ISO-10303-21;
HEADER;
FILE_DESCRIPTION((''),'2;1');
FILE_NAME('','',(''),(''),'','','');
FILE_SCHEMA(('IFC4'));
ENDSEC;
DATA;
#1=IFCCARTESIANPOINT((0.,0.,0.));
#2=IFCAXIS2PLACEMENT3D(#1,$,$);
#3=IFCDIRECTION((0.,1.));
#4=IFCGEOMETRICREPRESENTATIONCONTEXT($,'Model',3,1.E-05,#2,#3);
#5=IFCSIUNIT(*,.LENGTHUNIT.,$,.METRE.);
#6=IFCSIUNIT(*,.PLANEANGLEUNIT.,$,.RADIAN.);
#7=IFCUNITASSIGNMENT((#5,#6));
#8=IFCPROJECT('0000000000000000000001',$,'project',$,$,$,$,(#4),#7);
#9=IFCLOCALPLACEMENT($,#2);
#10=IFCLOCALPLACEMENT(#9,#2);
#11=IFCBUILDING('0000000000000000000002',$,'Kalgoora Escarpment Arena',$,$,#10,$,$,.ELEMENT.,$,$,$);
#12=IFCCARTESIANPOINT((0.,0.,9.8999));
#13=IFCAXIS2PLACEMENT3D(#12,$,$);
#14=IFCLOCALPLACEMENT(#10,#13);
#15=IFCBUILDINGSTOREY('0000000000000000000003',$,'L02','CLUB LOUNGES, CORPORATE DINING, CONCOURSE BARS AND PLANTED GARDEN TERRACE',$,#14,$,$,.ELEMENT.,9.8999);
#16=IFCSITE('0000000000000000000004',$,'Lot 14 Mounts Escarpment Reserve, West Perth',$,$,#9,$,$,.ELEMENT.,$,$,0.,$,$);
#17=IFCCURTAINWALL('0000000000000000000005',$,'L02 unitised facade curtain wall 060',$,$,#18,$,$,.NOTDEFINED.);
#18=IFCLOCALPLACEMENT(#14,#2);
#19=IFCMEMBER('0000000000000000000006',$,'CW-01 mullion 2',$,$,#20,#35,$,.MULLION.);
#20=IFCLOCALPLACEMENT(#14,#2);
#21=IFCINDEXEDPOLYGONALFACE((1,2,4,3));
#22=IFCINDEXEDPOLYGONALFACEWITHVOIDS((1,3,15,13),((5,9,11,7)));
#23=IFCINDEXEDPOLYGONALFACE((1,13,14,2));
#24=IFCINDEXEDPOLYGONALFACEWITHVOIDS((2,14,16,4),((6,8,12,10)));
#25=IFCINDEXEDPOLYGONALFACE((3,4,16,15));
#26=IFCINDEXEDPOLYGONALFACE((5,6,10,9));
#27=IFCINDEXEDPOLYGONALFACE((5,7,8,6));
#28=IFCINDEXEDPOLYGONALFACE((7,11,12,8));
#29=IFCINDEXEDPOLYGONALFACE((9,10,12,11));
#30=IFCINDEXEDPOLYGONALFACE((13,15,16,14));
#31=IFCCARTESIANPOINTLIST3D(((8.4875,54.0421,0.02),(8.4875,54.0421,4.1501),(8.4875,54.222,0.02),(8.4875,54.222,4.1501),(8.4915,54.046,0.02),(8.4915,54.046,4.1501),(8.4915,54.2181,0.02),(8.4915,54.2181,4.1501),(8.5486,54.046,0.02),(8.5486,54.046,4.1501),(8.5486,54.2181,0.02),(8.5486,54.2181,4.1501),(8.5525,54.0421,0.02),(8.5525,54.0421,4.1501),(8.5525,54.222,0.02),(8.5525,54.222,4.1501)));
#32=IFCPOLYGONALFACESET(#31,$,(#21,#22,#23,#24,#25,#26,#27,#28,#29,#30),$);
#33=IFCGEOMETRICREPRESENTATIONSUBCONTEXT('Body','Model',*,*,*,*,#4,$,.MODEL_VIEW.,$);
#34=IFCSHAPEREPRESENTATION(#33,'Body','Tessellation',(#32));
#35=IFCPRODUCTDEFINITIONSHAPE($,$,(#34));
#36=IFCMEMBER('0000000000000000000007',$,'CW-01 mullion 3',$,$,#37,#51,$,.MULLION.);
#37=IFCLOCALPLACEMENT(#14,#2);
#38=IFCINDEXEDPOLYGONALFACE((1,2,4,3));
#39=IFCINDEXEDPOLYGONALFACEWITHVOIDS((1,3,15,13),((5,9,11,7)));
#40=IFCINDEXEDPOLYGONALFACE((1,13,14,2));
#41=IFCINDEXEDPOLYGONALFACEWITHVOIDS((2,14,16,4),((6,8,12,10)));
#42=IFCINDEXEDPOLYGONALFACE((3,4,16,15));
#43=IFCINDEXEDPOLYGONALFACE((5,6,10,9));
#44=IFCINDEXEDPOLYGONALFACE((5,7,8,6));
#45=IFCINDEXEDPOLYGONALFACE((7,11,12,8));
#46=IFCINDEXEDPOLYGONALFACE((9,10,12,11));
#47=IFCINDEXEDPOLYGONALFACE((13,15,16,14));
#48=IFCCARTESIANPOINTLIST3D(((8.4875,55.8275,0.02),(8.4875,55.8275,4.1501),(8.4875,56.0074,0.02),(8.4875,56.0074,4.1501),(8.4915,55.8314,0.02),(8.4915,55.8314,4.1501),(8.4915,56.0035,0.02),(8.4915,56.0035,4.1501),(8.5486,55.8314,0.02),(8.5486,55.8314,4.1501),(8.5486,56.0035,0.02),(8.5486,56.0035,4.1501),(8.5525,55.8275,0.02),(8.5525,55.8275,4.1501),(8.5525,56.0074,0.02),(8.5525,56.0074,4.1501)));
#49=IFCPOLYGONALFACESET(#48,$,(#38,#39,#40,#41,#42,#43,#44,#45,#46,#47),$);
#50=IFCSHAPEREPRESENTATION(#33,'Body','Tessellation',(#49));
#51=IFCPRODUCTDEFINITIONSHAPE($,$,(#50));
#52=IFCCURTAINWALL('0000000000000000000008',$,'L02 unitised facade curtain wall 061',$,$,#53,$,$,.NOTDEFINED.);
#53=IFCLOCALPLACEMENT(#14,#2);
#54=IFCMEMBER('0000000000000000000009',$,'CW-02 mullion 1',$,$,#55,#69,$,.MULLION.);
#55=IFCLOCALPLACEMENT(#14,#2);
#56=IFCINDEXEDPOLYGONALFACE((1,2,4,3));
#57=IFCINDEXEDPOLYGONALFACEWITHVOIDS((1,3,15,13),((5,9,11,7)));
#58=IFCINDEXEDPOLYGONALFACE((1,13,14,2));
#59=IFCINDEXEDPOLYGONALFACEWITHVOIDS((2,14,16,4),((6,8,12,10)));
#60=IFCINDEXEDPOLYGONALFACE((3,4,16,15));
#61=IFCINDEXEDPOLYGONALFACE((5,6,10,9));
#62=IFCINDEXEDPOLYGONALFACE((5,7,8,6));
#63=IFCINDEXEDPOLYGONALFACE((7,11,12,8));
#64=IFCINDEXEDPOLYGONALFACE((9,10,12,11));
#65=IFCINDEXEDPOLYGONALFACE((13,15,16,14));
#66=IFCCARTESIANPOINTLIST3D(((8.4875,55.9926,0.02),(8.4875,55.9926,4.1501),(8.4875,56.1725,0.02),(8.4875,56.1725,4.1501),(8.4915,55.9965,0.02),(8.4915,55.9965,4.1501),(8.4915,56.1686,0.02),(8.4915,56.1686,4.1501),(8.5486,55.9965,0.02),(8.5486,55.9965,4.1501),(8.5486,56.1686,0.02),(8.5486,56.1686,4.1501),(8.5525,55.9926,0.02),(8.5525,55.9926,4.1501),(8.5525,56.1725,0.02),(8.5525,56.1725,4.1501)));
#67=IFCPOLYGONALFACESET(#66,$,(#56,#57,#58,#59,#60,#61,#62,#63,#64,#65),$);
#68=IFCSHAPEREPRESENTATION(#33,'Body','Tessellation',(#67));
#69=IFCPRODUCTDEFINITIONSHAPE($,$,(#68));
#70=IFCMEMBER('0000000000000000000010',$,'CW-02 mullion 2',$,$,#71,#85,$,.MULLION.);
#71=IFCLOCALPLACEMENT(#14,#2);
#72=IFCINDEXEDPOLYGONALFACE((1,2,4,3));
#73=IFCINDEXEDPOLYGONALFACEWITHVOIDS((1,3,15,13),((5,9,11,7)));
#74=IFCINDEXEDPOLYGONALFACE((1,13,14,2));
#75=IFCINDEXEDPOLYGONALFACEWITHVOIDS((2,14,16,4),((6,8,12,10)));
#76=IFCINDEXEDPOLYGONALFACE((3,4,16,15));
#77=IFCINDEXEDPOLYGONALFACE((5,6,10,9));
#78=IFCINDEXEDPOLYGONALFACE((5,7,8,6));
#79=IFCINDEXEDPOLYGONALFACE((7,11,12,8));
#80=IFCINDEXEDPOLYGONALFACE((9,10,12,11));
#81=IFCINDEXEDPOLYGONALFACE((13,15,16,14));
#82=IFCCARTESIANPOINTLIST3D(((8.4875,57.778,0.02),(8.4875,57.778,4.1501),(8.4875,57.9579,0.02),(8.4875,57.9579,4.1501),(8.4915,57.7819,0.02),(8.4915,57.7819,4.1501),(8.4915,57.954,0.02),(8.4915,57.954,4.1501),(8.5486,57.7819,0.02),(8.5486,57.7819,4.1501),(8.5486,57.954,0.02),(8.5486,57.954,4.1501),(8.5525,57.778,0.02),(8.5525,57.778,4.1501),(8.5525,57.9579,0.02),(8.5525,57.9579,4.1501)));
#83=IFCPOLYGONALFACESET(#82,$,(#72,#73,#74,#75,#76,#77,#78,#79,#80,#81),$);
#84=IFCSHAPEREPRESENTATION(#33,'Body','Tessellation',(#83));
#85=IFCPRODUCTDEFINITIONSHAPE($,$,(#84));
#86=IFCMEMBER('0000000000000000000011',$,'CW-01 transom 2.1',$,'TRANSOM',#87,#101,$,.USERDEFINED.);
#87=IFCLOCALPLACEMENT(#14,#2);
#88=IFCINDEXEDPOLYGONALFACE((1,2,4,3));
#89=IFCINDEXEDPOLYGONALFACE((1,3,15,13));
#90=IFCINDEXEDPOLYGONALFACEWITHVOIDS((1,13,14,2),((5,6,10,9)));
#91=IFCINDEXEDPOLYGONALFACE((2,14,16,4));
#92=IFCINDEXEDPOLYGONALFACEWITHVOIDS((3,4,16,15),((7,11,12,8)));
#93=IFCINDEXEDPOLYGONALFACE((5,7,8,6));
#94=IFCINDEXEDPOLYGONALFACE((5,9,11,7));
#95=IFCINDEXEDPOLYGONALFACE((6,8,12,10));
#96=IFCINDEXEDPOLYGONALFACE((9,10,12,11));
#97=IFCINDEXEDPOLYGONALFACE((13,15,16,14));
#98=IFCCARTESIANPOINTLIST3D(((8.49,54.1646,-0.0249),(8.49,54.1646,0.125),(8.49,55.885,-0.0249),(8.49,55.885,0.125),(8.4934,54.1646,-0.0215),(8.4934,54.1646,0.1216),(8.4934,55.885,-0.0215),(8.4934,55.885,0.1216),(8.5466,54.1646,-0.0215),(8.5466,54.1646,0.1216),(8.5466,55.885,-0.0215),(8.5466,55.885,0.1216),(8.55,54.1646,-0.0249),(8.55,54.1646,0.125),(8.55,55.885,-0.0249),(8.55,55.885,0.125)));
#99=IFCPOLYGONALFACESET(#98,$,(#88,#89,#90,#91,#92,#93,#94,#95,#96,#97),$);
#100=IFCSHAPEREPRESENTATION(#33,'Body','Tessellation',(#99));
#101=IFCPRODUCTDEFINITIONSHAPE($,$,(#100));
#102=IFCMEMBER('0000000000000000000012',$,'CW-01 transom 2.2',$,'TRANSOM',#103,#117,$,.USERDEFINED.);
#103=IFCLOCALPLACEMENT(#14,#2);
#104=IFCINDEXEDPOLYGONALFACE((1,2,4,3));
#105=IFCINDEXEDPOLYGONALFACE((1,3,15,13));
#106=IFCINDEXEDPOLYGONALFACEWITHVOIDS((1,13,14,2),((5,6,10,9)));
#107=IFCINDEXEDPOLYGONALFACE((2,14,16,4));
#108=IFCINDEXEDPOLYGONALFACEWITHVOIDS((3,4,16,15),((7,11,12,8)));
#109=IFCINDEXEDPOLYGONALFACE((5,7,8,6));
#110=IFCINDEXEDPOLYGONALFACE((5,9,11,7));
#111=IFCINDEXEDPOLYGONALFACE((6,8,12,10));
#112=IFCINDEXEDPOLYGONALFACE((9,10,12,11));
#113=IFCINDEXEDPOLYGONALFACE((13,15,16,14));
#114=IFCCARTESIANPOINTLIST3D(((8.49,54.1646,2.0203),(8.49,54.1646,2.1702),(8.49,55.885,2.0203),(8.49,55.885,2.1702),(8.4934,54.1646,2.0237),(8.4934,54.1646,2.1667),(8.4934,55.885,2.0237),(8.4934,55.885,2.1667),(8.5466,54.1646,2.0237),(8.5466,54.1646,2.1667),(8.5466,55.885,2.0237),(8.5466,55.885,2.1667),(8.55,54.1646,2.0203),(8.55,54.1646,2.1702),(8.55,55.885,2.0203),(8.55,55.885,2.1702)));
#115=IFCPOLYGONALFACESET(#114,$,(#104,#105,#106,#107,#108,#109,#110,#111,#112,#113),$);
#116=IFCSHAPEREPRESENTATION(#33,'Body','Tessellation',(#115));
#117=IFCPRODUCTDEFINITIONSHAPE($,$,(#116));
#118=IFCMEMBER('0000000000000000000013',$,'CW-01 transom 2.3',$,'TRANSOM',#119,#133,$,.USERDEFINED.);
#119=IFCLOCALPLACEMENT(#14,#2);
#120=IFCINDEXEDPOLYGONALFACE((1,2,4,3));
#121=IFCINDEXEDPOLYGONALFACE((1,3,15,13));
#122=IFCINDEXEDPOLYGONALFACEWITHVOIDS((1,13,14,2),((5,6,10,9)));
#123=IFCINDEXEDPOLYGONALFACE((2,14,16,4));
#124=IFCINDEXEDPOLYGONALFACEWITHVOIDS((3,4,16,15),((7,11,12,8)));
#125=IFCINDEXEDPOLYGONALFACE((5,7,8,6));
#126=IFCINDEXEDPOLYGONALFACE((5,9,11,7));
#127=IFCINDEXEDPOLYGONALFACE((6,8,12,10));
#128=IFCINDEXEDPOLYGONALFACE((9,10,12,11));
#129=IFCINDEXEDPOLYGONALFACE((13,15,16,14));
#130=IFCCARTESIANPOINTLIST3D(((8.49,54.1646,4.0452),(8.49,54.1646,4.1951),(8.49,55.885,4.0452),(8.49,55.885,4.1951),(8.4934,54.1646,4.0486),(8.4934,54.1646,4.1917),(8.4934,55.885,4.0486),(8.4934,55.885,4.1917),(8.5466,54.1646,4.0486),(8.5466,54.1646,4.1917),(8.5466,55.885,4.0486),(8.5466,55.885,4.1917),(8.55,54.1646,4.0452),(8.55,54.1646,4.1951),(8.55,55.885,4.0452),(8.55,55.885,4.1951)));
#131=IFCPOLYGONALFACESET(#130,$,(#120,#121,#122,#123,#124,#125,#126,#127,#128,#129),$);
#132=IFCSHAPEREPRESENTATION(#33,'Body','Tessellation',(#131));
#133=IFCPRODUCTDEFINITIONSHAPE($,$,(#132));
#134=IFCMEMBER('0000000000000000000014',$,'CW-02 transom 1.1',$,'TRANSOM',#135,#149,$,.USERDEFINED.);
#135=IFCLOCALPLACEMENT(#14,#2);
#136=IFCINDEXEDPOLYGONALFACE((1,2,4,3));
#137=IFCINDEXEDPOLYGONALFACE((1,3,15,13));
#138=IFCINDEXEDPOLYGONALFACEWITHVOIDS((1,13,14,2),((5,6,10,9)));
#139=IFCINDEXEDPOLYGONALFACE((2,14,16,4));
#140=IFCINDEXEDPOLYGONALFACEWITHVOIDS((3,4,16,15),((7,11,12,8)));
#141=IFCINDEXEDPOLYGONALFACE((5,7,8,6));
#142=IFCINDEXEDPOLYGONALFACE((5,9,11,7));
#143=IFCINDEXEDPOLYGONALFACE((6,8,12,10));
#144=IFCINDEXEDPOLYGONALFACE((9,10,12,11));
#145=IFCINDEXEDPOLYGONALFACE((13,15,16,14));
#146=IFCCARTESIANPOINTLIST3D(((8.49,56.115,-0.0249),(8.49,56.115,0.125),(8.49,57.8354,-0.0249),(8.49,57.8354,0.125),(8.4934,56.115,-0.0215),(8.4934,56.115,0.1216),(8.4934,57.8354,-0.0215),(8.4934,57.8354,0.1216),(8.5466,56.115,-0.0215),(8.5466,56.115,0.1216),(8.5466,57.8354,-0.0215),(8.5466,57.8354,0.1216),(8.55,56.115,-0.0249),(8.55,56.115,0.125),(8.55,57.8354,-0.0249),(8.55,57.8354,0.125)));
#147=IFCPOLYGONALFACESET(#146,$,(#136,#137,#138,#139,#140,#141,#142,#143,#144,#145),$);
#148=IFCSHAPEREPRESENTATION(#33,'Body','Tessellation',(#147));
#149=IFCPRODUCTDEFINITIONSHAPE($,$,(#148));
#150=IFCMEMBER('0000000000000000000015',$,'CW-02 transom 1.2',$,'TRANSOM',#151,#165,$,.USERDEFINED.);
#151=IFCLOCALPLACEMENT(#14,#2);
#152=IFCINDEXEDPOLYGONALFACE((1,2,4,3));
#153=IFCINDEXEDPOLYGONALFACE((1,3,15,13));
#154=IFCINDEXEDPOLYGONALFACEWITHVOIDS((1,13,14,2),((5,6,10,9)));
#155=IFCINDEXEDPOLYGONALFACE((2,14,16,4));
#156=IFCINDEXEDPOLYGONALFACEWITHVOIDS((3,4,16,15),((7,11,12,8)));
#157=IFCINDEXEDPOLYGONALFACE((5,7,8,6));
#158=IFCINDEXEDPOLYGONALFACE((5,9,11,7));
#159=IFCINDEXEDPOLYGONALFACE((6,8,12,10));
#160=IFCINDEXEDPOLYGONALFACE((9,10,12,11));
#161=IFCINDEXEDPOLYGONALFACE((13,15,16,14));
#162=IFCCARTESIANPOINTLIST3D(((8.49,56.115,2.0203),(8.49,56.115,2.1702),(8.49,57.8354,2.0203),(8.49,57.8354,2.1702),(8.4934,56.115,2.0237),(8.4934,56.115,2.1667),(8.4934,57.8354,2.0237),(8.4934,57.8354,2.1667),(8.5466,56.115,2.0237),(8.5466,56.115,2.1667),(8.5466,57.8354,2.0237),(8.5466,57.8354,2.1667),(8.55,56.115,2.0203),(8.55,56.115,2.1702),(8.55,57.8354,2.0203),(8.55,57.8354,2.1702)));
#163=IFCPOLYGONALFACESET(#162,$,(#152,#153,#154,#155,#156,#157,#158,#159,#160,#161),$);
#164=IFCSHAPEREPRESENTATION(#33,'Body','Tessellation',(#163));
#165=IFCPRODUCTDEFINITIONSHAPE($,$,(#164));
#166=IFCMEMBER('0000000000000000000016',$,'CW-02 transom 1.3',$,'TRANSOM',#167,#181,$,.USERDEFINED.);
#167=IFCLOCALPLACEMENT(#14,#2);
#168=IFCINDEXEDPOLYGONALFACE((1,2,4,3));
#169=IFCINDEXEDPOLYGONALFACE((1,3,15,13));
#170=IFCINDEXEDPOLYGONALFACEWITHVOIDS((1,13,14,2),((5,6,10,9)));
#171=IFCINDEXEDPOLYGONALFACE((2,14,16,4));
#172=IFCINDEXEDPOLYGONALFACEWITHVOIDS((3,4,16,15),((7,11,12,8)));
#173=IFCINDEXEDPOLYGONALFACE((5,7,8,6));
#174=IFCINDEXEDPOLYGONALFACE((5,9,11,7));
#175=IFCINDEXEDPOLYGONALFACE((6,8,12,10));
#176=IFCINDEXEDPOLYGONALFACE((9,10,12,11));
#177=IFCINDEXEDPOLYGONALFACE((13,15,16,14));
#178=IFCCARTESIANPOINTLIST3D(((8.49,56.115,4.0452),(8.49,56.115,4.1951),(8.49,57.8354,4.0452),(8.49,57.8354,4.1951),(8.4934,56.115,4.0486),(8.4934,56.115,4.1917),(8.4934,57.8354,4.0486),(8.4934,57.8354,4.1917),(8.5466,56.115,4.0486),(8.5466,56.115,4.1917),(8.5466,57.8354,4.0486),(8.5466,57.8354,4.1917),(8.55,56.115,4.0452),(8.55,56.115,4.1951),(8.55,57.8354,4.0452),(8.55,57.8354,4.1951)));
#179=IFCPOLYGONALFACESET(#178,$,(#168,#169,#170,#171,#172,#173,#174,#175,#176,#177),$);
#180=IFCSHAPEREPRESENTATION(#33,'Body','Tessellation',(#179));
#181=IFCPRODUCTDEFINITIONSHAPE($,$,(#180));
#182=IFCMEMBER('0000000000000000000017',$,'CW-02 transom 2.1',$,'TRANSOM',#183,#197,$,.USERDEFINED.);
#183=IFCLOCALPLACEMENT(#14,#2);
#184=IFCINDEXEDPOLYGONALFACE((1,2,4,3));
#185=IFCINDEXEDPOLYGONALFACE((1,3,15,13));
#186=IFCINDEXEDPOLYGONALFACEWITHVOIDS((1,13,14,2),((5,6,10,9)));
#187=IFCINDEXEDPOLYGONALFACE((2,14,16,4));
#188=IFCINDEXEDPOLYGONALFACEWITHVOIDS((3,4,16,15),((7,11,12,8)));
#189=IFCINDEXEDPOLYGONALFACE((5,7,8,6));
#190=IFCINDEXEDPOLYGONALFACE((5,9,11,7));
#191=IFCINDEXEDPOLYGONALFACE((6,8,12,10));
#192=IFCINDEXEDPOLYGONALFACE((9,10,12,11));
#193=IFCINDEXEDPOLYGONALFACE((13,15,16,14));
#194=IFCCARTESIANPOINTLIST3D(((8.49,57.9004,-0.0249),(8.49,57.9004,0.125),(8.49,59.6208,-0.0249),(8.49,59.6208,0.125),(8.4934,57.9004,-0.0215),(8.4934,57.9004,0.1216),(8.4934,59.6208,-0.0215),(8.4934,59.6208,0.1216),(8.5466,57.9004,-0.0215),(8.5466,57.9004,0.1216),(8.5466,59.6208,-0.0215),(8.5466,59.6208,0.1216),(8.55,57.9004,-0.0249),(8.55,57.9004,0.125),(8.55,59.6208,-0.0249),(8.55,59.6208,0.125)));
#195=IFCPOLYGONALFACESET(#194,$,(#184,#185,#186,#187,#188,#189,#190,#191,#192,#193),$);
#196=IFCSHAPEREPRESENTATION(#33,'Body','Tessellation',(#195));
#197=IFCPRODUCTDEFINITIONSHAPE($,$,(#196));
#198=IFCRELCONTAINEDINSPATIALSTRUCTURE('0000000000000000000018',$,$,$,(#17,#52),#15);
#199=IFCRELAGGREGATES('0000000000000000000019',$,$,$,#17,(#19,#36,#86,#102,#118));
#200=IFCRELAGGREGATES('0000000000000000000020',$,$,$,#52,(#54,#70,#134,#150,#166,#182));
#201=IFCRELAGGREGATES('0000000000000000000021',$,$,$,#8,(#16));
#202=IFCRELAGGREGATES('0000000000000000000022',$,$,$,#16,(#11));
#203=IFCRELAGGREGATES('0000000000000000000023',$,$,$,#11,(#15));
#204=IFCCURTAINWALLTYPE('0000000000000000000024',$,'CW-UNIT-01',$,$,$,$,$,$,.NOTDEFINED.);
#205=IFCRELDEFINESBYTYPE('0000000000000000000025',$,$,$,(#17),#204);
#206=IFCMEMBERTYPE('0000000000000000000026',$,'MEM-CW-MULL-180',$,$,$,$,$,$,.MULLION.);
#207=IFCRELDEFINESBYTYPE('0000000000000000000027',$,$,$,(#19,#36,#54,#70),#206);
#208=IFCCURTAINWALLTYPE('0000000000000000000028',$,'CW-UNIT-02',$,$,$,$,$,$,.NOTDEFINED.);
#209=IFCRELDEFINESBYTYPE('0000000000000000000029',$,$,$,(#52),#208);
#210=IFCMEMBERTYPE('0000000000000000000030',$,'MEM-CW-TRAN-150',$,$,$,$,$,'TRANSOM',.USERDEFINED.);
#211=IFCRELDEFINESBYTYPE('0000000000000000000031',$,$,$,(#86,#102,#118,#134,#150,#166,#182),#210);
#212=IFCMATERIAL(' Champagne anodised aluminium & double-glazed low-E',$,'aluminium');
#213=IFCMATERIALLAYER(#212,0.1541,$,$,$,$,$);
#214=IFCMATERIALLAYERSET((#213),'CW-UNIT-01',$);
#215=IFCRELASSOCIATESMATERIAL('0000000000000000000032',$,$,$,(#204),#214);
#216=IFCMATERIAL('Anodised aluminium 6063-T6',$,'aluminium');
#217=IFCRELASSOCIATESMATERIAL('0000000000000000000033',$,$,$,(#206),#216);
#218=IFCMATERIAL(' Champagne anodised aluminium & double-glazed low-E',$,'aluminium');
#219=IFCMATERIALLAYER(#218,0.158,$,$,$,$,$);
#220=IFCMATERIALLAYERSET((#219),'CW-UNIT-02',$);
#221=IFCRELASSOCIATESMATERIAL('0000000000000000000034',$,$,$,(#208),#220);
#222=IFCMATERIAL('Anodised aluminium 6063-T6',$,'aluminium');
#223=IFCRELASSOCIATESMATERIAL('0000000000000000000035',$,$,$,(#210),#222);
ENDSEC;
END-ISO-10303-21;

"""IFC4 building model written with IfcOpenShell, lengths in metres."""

from ifc_helpers import new_model, si_unit, direction, frame, origin, origin_2d, place, context, subcontext, project, spatial, hollow_rectangle, extrude, material, layer, layer_set, material_profile, profile_set, type_object, element, aggregate, save


model = new_model("IFC4")

# Units and contexts
model_context = context("Model", 3, precision=1e-05, world=origin(), true_north=direction((0.0, 1.0)))
body_context = subcontext(model_context, "Body", "Model", "MODEL_VIEW")
ifc_project = project(units=[si_unit("LENGTHUNIT", "METRE"), si_unit("PLANEANGLEUNIT", "RADIAN")], contexts=[model_context])

# Site, building, storey
site_placement = place(None, origin())
site = spatial("IfcSite", under=ifc_project, at=site_placement, Name="Lot 14 Mounts Escarpment Reserve, West Perth", CompositionType="ELEMENT", RefElevation=0.0)
building_placement = place(site_placement, origin())
building = spatial("IfcBuilding", under=site, at=building_placement, Name="Kalgoora Escarpment Arena", CompositionType="ELEMENT")
storey_placement = place(building_placement, frame((0.0, 0.0, 9.8999)))
storey = spatial("IfcBuildingStorey", under=building, at=storey_placement, Name="L02", Description="CLUB LOUNGES, CORPORATE DINING, CONCOURSE BARS AND PLANTED GARDEN TERRACE", CompositionType="ELEMENT", Elevation=9.8999)

# Curtain walls, members
ifc_material_1 = material(Name=" Champagne anodised aluminium & double-glazed low-E", Category="aluminium")
ifc_layer_1 = layer(ifc_material_1, 0.1541)
ifc_layer_set_1 = layer_set([ifc_layer_1], Name="CW-UNIT-01")
curtain_wall_type_1 = type_object("IfcCurtainWallType", Name="CW-UNIT-01", PredefinedType="NOTDEFINED", material=ifc_layer_set_1)
curtain_wall_1_placement = place(storey_placement, origin())
curtain_wall_1 = element("IfcCurtainWall", 1, at=curtain_wall_1_placement, inside=storey, type_object=curtain_wall_type_1, Name="L02 unitised facade curtain wall 060", PredefinedType="NOTDEFINED")
ifc_material_2 = material(Name="Anodised aluminium 6063-T6", Category="aluminium")
ifc_material_profile_1 = material_profile(ifc_material_2, hollow_rectangle(XDim=0.0649, YDim=0.1799, WallThickness=0.0039, at=origin_2d()))
ifc_profile_set_1 = profile_set([ifc_material_profile_1], Name="Anodised aluminium 6063-T6")
member_type_1 = type_object("IfcMemberType", Name="MEM-CW-MULL-180", PredefinedType="MULLION", material=ifc_profile_set_1)
member_1_placement = place(storey_placement, frame((8.52, 54.1321, 0.02), z_axis=(0.0, 0.0, 1.0), x_axis=(-1.0, 0.0, 0.0)))
member_1 = element("IfcMember", 2, at=member_1_placement, type_object=member_type_1, Name="CW-01 mullion 2", PredefinedType="MULLION", context=body_context, shape_type="SweptSolid", body=[
    extrude(hollow_rectangle(XDim=0.0649, YDim=0.1799, WallThickness=0.0039, at=origin_2d()), origin(), (0.0, 0.0, 1.0), 4.1301),
])
member_2_placement = place(storey_placement, frame((8.52, 55.9175, 0.02), z_axis=(0.0, 0.0, 1.0), x_axis=(-1.0, 0.0, 0.0)))
member_2 = element("IfcMember", 3, at=member_2_placement, type_object=member_type_1, Name="CW-01 mullion 3", PredefinedType="MULLION", context=body_context, shape_type="SweptSolid", body=[
    extrude(hollow_rectangle(XDim=0.0649, YDim=0.1799, WallThickness=0.0039, at=origin_2d()), origin(), (0.0, 0.0, 1.0), 4.1301),
])
ifc_material_3 = material(Name=" Champagne anodised aluminium & double-glazed low-E", Category="aluminium")
ifc_layer_2 = layer(ifc_material_3, 0.158)
ifc_layer_set_2 = layer_set([ifc_layer_2], Name="CW-UNIT-02")
curtain_wall_type_2 = type_object("IfcCurtainWallType", Name="CW-UNIT-02", PredefinedType="NOTDEFINED", material=ifc_layer_set_2)
curtain_wall_2_placement = place(storey_placement, origin())
curtain_wall_2 = element("IfcCurtainWall", 4, at=curtain_wall_2_placement, inside=storey, type_object=curtain_wall_type_2, Name="L02 unitised facade curtain wall 061", PredefinedType="NOTDEFINED")
member_3_placement = place(storey_placement, frame((8.52, 56.0825, 0.02), z_axis=(0.0, 0.0, 1.0), x_axis=(-1.0, 0.0, 0.0)))
member_3 = element("IfcMember", 5, at=member_3_placement, type_object=member_type_1, Name="CW-02 mullion 1", PredefinedType="MULLION", context=body_context, shape_type="SweptSolid", body=[
    extrude(hollow_rectangle(XDim=0.0649, YDim=0.1799, WallThickness=0.0039, at=origin_2d()), origin(), (0.0, 0.0, 1.0), 4.1301),
])
member_4_placement = place(storey_placement, frame((8.52, 57.8679, 0.02), z_axis=(0.0, 0.0, 1.0), x_axis=(-1.0, 0.0, 0.0)))
member_4 = element("IfcMember", 6, at=member_4_placement, type_object=member_type_1, Name="CW-02 mullion 2", PredefinedType="MULLION", context=body_context, shape_type="SweptSolid", body=[
    extrude(hollow_rectangle(XDim=0.0649, YDim=0.1799, WallThickness=0.0039, at=origin_2d()), origin(), (0.0, 0.0, 1.0), 4.1301),
])

# Members
ifc_material_4 = material(Name="Anodised aluminium 6063-T6", Category="aluminium")
ifc_material_profile_2 = material_profile(ifc_material_4, hollow_rectangle(XDim=0.0601, YDim=0.1499, WallThickness=0.0034, at=origin_2d()))
ifc_profile_set_2 = profile_set([ifc_material_profile_2], Name="Anodised aluminium 6063-T6")
member_type_2 = type_object("IfcMemberType", Name="MEM-CW-TRAN-150", ElementType="TRANSOM", PredefinedType="USERDEFINED", material=ifc_profile_set_2)
member_5_placement = place(storey_placement, frame((8.52, 54.1646, 0.05), z_axis=(0.0, 1.0, 0.0), x_axis=(-1.0, 0.0, 0.0)))
member_5 = element("IfcMember", 7, at=member_5_placement, type_object=member_type_2, Name="CW-01 transom 2.1", ObjectType="TRANSOM", PredefinedType="USERDEFINED", context=body_context, shape_type="SweptSolid", body=[
    extrude(hollow_rectangle(XDim=0.0601, YDim=0.1499, WallThickness=0.0034, at=origin_2d()), origin(), (0.0, 0.0, 1.0), 1.7205),
])
member_6_placement = place(storey_placement, frame((8.52, 54.1646, 2.0952), z_axis=(0.0, 1.0, 0.0), x_axis=(-1.0, 0.0, 0.0)))
member_6 = element("IfcMember", 8, at=member_6_placement, type_object=member_type_2, Name="CW-01 transom 2.2", ObjectType="TRANSOM", PredefinedType="USERDEFINED", context=body_context, shape_type="SweptSolid", body=[
    extrude(hollow_rectangle(XDim=0.0601, YDim=0.1499, WallThickness=0.0034, at=origin_2d()), origin(), (0.0, 0.0, 1.0), 1.7205),
])
member_7_placement = place(storey_placement, frame((8.52, 54.1646, 4.1201), z_axis=(0.0, 1.0, 0.0), x_axis=(-1.0, 0.0, 0.0)))
member_7 = element("IfcMember", 9, at=member_7_placement, type_object=member_type_2, Name="CW-01 transom 2.3", ObjectType="TRANSOM", PredefinedType="USERDEFINED", context=body_context, shape_type="SweptSolid", body=[
    extrude(hollow_rectangle(XDim=0.0601, YDim=0.1499, WallThickness=0.0034, at=origin_2d()), origin(), (0.0, 0.0, 1.0), 1.7205),
])
member_8_placement = place(storey_placement, frame((8.52, 56.115, 0.05), z_axis=(0.0, 1.0, 0.0), x_axis=(-1.0, 0.0, 0.0)))
member_8 = element("IfcMember", 10, at=member_8_placement, type_object=member_type_2, Name="CW-02 transom 1.1", ObjectType="TRANSOM", PredefinedType="USERDEFINED", context=body_context, shape_type="SweptSolid", body=[
    extrude(hollow_rectangle(XDim=0.0601, YDim=0.1499, WallThickness=0.0034, at=origin_2d()), origin(), (0.0, 0.0, 1.0), 1.7205),
])
member_9_placement = place(storey_placement, frame((8.52, 56.115, 2.0952), z_axis=(0.0, 1.0, 0.0), x_axis=(-1.0, 0.0, 0.0)))
member_9 = element("IfcMember", 11, at=member_9_placement, type_object=member_type_2, Name="CW-02 transom 1.2", ObjectType="TRANSOM", PredefinedType="USERDEFINED", context=body_context, shape_type="SweptSolid", body=[
    extrude(hollow_rectangle(XDim=0.0601, YDim=0.1499, WallThickness=0.0034, at=origin_2d()), origin(), (0.0, 0.0, 1.0), 1.7205),
])
member_10_placement = place(storey_placement, frame((8.52, 56.115, 4.1201), z_axis=(0.0, 1.0, 0.0), x_axis=(-1.0, 0.0, 0.0)))
member_10 = element("IfcMember", 12, at=member_10_placement, type_object=member_type_2, Name="CW-02 transom 1.3", ObjectType="TRANSOM", PredefinedType="USERDEFINED", context=body_context, shape_type="SweptSolid", body=[
    extrude(hollow_rectangle(XDim=0.0601, YDim=0.1499, WallThickness=0.0034, at=origin_2d()), origin(), (0.0, 0.0, 1.0), 1.7205),
])
member_11_placement = place(storey_placement, frame((8.52, 57.9004, 0.05), z_axis=(0.0, 1.0, 0.0), x_axis=(-1.0, 0.0, 0.0)))
member_11 = element("IfcMember", 13, at=member_11_placement, type_object=member_type_2, Name="CW-02 transom 2.1", ObjectType="TRANSOM", PredefinedType="USERDEFINED", context=body_context, shape_type="SweptSolid", body=[
    extrude(hollow_rectangle(XDim=0.0601, YDim=0.1499, WallThickness=0.0034, at=origin_2d()), origin(), (0.0, 0.0, 1.0), 1.7205),
])

aggregate(curtain_wall_1, [member_1, member_2, member_5, member_6, member_7])
aggregate(curtain_wall_2, [member_3, member_4, member_8, member_9, member_10, member_11])

save(model, "model.ifc")
